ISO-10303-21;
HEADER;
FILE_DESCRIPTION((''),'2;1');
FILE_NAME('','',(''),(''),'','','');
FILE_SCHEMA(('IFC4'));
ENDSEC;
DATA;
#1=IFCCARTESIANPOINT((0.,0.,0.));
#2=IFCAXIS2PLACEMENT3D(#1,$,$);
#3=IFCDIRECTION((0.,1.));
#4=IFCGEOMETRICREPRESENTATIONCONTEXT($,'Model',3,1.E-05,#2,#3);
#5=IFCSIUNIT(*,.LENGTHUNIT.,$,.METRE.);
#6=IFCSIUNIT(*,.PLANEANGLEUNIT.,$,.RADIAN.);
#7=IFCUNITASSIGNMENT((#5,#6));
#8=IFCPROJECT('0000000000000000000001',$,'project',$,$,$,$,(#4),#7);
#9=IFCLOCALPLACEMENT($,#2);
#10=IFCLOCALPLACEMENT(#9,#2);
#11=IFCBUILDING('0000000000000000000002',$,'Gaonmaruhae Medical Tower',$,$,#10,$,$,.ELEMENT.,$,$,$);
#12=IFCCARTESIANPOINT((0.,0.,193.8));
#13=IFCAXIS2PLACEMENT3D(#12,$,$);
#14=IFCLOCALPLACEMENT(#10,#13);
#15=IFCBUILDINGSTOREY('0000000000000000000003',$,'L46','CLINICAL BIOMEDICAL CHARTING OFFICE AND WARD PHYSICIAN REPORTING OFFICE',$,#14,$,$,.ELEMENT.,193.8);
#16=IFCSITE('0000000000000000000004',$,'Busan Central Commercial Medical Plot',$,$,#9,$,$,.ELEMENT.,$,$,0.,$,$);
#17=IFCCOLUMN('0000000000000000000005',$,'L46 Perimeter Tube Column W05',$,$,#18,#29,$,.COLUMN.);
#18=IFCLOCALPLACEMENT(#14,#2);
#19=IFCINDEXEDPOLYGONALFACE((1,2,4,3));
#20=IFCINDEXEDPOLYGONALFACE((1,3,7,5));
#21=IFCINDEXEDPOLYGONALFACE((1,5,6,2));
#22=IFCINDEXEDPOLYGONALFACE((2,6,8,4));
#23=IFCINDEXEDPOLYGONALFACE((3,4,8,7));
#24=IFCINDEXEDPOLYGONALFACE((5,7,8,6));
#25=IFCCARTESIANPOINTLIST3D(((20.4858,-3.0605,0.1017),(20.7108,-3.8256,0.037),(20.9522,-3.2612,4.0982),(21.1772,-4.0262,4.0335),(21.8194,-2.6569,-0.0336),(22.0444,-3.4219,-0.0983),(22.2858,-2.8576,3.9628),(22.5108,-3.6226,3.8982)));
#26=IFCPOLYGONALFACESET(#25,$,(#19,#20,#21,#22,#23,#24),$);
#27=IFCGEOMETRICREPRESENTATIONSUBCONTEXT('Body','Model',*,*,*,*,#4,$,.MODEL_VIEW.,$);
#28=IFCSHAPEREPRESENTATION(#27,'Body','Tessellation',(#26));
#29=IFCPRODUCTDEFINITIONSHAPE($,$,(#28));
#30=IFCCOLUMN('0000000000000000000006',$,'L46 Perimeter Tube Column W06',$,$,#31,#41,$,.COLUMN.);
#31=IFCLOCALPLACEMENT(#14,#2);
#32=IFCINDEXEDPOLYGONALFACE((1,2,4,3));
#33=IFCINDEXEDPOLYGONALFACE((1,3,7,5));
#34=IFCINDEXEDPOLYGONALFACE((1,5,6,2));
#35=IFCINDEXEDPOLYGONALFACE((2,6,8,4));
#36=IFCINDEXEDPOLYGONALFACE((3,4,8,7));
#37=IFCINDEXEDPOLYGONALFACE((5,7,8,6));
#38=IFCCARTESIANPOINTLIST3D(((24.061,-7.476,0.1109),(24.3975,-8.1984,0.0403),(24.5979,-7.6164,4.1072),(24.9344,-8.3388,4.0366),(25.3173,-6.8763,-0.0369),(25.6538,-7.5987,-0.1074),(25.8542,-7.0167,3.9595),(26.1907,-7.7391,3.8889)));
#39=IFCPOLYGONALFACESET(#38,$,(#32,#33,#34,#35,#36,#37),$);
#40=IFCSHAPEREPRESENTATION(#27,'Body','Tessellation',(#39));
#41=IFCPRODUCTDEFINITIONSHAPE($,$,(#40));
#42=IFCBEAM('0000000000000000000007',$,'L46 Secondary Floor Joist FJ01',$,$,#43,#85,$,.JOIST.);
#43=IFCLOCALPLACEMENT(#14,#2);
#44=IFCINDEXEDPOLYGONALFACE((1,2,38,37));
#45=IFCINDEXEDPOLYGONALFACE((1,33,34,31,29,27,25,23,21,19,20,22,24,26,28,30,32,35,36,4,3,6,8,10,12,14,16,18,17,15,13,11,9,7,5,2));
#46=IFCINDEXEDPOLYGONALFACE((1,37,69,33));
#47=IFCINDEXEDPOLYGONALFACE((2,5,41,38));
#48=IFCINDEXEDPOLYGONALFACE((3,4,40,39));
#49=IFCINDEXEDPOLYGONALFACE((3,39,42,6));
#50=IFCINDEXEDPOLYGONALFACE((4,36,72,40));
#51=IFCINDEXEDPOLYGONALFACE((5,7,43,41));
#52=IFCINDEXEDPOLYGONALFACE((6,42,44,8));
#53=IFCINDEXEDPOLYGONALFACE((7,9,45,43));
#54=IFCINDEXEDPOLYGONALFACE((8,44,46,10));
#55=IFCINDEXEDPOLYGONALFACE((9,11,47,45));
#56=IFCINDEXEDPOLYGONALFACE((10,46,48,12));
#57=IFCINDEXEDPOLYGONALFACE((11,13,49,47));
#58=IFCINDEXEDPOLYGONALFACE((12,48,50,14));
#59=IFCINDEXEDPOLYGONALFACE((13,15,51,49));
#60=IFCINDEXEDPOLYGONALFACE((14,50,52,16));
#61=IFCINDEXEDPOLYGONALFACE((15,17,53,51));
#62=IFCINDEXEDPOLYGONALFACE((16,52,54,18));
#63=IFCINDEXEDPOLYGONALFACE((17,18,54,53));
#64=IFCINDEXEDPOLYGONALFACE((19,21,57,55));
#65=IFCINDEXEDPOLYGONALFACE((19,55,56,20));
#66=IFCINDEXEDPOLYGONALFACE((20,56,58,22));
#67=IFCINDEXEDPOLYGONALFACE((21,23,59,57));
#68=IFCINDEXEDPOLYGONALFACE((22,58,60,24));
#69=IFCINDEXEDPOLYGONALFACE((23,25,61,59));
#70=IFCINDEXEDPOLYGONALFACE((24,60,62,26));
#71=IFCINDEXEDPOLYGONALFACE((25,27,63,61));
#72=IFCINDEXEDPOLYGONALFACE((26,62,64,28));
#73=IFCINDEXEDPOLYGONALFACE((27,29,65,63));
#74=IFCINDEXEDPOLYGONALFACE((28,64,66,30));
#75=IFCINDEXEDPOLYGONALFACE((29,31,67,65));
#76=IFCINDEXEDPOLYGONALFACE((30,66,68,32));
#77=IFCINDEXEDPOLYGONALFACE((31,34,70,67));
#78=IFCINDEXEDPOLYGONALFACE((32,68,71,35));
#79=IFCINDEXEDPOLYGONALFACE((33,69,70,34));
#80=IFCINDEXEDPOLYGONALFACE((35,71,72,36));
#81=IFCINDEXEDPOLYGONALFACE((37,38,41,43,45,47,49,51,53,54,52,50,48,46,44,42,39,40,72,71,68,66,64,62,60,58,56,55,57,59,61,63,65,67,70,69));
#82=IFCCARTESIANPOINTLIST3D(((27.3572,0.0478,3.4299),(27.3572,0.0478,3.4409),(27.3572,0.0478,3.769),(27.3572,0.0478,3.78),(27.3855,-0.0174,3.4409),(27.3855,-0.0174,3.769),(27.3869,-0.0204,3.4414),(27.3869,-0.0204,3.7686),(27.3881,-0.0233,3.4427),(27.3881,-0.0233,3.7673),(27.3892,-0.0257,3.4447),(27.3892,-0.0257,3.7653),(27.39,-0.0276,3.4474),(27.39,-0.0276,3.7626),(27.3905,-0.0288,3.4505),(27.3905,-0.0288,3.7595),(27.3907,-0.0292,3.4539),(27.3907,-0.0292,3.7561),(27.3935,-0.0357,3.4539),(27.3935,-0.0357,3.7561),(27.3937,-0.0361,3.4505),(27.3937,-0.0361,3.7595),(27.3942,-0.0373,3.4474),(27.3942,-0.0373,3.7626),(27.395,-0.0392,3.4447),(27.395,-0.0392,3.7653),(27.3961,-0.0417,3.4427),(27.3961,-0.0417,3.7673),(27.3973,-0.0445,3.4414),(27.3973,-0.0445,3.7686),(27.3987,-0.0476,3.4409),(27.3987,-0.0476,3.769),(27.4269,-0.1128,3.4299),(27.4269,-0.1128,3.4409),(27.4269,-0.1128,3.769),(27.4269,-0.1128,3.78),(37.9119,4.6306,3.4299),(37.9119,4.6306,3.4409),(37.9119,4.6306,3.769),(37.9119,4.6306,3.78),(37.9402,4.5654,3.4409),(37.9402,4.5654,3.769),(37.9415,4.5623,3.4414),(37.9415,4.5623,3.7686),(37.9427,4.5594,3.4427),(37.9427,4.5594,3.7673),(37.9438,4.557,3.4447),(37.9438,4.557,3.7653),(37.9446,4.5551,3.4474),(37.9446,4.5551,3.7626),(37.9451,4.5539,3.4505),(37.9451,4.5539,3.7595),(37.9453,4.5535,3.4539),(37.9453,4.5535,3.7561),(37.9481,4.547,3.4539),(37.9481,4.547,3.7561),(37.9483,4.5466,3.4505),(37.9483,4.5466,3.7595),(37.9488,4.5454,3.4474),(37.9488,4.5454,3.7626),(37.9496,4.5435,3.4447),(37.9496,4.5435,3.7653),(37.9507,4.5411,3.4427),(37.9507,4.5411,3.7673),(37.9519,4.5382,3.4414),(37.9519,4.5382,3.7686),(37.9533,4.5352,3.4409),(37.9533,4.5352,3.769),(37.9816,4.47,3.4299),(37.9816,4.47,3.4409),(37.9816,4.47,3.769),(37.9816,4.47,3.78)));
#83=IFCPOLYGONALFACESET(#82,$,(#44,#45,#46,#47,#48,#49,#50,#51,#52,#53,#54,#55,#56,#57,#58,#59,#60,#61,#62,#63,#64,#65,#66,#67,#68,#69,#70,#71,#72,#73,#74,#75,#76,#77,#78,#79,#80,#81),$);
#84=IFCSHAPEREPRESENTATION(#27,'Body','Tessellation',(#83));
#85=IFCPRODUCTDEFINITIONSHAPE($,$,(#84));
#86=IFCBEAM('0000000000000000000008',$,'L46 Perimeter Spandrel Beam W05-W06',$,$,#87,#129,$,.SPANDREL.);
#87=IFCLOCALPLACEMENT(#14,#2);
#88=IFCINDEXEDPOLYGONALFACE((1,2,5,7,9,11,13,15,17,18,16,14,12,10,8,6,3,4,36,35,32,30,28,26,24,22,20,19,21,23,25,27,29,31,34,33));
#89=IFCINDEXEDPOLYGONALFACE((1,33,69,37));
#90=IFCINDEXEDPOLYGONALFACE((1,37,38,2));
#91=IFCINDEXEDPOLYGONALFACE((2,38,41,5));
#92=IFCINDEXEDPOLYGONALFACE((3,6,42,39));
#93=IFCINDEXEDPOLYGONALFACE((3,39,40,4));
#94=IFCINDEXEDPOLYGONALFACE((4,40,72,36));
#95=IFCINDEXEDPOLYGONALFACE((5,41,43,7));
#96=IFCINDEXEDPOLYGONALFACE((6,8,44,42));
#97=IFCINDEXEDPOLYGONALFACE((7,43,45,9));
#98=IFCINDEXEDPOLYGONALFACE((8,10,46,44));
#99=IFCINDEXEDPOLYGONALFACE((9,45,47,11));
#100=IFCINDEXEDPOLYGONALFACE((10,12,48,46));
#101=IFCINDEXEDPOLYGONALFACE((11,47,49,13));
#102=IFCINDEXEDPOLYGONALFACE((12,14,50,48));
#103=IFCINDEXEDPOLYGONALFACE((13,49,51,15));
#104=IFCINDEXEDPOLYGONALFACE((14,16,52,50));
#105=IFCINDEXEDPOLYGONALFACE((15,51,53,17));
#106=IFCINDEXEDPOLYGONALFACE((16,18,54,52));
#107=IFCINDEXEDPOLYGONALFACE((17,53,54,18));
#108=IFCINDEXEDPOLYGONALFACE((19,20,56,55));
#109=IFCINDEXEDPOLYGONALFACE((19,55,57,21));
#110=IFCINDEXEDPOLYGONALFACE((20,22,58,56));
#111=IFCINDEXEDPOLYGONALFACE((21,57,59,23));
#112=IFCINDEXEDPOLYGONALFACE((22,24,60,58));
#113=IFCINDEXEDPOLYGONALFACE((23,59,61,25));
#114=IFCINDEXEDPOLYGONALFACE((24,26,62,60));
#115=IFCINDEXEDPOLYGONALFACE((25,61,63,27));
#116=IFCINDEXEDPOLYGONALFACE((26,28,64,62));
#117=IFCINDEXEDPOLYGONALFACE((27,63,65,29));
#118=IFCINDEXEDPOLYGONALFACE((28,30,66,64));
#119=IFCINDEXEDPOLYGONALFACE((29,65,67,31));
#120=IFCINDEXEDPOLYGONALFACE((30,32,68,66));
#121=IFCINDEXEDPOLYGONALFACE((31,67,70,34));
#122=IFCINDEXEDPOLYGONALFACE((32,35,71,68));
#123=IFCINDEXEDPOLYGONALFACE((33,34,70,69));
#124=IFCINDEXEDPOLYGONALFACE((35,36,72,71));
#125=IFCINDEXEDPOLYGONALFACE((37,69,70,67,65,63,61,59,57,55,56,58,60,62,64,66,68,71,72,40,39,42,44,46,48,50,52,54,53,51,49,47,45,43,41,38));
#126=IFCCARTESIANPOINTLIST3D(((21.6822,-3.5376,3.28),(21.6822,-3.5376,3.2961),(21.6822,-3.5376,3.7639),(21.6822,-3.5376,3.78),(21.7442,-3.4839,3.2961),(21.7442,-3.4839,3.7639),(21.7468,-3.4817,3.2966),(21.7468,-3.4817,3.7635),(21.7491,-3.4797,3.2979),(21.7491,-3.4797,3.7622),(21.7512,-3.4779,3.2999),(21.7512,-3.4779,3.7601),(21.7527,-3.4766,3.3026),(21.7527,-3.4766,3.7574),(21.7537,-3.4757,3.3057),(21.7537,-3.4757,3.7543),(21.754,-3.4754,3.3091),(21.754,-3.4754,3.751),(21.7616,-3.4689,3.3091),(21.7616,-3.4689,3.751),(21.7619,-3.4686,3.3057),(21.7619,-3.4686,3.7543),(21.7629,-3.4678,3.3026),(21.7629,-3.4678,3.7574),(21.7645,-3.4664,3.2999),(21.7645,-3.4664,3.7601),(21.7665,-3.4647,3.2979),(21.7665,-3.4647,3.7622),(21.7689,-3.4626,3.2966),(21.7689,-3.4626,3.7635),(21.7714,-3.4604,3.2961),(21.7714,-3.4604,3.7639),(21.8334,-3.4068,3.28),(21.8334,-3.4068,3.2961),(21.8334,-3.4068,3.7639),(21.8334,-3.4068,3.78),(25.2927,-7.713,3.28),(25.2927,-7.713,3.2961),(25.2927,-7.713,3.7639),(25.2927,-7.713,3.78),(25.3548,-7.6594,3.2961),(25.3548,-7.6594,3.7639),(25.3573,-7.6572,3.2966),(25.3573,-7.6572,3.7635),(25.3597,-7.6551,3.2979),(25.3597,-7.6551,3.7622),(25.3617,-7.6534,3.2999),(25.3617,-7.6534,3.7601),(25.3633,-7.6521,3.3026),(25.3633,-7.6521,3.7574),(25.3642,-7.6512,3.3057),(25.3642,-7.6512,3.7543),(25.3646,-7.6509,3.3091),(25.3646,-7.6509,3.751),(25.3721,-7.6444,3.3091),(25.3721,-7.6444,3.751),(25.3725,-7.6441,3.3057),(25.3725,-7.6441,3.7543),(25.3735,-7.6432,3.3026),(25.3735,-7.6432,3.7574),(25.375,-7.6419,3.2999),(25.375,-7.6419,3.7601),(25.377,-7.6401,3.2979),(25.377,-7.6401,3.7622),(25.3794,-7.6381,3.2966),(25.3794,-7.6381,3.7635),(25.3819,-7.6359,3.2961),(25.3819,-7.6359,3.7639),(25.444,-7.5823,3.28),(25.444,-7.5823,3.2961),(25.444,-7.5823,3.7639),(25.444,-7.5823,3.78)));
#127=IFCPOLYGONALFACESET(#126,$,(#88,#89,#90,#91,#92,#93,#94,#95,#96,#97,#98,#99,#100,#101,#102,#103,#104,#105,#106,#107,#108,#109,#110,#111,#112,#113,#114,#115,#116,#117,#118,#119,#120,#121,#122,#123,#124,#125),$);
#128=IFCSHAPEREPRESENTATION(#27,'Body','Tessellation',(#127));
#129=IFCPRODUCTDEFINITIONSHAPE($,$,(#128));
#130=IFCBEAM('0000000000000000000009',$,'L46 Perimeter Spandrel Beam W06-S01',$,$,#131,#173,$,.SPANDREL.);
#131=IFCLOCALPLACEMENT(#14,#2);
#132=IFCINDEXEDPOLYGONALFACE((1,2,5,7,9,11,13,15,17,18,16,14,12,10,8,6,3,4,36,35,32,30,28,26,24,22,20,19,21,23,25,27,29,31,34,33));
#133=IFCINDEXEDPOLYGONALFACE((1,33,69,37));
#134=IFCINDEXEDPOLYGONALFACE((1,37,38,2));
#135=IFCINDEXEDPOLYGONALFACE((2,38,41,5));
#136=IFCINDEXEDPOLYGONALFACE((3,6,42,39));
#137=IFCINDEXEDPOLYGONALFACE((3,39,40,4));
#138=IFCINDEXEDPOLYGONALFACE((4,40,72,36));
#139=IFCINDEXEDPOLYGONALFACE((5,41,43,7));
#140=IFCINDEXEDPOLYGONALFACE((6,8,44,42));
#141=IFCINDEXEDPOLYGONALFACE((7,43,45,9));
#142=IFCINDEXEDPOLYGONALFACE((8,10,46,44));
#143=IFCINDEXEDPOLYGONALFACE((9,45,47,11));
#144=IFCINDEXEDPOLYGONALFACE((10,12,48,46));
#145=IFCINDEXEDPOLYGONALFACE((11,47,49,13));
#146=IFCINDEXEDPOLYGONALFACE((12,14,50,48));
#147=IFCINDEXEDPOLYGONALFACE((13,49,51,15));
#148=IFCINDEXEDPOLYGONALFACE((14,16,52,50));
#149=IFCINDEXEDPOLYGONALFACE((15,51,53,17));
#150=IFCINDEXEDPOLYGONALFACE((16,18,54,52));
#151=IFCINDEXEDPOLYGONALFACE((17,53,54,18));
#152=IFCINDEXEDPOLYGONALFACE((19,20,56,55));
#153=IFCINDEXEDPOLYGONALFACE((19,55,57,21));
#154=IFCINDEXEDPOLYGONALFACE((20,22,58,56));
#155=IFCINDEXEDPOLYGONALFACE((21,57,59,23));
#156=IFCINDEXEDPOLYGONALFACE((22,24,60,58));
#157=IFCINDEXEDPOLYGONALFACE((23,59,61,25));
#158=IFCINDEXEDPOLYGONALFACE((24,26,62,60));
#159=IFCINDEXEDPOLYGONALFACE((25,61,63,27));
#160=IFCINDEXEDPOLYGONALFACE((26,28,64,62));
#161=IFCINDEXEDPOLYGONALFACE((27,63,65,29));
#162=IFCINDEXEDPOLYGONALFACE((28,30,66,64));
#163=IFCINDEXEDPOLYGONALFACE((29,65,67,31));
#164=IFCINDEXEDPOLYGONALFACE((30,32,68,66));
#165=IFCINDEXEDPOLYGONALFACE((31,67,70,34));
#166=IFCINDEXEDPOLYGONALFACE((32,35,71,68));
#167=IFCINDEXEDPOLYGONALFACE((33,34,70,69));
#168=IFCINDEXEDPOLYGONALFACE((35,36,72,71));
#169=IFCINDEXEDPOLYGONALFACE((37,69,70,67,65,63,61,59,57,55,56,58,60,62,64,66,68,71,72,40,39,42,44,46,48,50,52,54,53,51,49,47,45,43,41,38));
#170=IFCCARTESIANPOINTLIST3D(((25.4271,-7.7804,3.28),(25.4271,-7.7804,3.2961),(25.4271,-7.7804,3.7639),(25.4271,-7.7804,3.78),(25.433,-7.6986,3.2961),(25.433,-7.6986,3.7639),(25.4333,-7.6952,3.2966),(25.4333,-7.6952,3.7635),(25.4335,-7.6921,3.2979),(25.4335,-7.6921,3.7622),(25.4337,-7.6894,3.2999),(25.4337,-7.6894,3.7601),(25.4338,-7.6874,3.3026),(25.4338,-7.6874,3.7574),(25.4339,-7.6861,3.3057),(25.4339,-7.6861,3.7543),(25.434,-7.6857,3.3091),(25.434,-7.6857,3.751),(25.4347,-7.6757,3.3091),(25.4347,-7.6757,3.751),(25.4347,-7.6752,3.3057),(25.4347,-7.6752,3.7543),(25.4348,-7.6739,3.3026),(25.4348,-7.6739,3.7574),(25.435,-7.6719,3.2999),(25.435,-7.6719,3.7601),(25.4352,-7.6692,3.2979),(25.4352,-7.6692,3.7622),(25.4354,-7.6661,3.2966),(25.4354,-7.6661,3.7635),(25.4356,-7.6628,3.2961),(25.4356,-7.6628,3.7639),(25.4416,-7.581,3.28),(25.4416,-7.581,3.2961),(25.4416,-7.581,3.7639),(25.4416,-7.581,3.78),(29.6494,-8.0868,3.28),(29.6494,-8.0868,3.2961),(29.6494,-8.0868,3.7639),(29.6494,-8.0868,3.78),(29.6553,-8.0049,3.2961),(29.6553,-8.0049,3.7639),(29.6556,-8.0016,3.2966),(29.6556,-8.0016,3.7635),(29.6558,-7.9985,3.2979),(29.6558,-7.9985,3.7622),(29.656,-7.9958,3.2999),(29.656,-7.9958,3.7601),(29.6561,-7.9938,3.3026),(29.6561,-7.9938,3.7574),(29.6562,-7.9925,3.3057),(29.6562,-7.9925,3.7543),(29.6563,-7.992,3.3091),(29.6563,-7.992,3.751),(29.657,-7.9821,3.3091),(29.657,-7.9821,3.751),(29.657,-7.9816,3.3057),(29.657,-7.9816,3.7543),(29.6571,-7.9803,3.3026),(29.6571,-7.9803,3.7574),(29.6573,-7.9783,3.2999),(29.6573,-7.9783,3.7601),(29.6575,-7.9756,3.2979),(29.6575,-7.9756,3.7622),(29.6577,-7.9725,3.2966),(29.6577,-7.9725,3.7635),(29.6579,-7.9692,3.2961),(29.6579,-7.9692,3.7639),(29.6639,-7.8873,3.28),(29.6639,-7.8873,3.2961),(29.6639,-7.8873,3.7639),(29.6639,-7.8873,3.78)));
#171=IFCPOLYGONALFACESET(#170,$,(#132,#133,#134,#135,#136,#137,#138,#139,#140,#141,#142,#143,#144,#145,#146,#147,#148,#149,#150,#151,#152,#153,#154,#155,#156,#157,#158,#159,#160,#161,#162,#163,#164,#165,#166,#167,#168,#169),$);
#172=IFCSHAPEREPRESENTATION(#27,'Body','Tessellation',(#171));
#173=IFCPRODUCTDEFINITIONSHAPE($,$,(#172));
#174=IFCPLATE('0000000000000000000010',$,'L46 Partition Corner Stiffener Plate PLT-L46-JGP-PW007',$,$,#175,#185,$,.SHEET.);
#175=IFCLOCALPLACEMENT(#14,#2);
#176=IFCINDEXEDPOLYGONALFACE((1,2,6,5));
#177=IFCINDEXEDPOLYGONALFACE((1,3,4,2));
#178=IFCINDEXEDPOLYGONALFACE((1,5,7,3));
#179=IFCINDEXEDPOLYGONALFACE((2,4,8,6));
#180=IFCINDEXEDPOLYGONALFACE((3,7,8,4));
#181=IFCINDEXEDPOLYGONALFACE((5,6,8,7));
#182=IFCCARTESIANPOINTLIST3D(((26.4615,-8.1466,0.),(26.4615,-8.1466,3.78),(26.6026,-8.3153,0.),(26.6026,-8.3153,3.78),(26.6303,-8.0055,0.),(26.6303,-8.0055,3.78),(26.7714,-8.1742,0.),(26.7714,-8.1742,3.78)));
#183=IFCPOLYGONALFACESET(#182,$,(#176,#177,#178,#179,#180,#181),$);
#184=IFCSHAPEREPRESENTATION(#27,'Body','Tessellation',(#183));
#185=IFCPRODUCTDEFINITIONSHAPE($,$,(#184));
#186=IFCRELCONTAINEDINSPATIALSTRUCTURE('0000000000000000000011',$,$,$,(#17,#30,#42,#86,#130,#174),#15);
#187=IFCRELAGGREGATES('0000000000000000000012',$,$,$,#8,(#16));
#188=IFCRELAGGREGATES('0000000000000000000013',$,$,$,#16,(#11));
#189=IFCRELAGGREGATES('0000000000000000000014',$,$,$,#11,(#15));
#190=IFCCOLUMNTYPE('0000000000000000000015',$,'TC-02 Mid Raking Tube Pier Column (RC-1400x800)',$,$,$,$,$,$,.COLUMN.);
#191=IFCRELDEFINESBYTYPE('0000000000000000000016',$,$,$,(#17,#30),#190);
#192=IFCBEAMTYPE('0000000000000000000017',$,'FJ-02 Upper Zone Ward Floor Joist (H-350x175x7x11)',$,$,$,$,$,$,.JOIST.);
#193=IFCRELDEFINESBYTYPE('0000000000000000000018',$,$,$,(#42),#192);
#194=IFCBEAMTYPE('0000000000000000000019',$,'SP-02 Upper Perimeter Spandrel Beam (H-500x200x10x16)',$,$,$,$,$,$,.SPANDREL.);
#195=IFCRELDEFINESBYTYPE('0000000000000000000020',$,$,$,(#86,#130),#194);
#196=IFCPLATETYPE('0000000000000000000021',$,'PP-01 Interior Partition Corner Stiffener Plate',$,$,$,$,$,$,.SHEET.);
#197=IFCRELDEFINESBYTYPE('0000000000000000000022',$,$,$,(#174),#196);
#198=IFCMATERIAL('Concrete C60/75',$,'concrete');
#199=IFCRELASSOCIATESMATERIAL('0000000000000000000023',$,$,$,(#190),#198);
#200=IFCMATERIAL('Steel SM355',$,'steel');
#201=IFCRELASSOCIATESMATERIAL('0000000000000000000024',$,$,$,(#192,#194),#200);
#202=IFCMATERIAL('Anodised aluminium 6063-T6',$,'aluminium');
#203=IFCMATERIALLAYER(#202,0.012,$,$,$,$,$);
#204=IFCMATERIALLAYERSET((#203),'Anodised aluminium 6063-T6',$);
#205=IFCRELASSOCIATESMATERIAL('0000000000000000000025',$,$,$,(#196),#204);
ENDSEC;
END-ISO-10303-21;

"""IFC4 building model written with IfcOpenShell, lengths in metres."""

from ifc_helpers import new_model, si_unit, direction, frame, origin, origin_2d, place, context, subcontext, project, spatial, rectangle, i_section, extrude, material, layer, layer_set, material_profile, profile_set, type_object, element, save


model = new_model("IFC4")

# Units and contexts
model_context = context("Model", 3, precision=1e-05, world=origin(), true_north=direction((0.0, 1.0)))
body_context = subcontext(model_context, "Body", "Model", "MODEL_VIEW")
ifc_project = project(units=[si_unit("LENGTHUNIT", "METRE"), si_unit("PLANEANGLEUNIT", "RADIAN")], contexts=[model_context])

# Site, building, storey
site_placement = place(None, origin())
site = spatial("IfcSite", under=ifc_project, at=site_placement, Name="Busan Central Commercial Medical Plot", CompositionType="ELEMENT", RefElevation=0.0)
building_placement = place(site_placement, origin())
building = spatial("IfcBuilding", under=site, at=building_placement, Name="Gaonmaruhae Medical Tower", CompositionType="ELEMENT")
storey_placement = place(building_placement, frame((0.0, 0.0, 193.8)))
storey = spatial("IfcBuildingStorey", under=building, at=storey_placement, Name="L46", Description="CLINICAL BIOMEDICAL CHARTING OFFICE AND WARD PHYSICIAN REPORTING OFFICE", CompositionType="ELEMENT", Elevation=193.8)

# Columns
ifc_material_1 = material(Name="Concrete C60/75", Category="concrete")
ifc_material_profile_1 = material_profile(ifc_material_1, rectangle(XDim=1.3999, YDim=0.8, at=origin_2d()), Name="RC-1400x800")
ifc_profile_set_1 = profile_set([ifc_material_profile_1], Name="Concrete C60/75")
column_type = type_object("IfcColumnType", Name="TC-02 Mid Raking Tube Pier Column (RC-1400x800)", PredefinedType="COLUMN", material=ifc_profile_set_1)
column_1_placement = place(storey_placement, frame((21.2651, -3.2412, 0.0017), z_axis=(0.115754, -0.049817, 0.992028), x_axis=(-0.952632, -0.28835, 0.096677)))
element("IfcColumn", 1, at=column_1_placement, inside=storey, type_object=column_type, Name="L46 Perimeter Tube Column W05", PredefinedType="COLUMN", context=body_context, shape_type="SweptSolid", body=[
    extrude(rectangle(XDim=1.3999, YDim=0.8, at=origin_2d()), origin(), (0.0, 0.0, 1.0), 4.0286),
])
column_2_placement = place(storey_placement, frame((24.8574, -7.5374, 0.0017), z_axis=(0.133063, -0.034794, 0.990497), x_axis=(-0.89743, -0.428354, 0.105513)))
element("IfcColumn", 2, at=column_2_placement, inside=storey, type_object=column_type, Name="L46 Perimeter Tube Column W06", PredefinedType="COLUMN", context=body_context, shape_type="SweptSolid", body=[
    extrude(rectangle(XDim=1.3999, YDim=0.8, at=origin_2d()), origin(), (0.0, 0.0, 1.0), 4.0347),
])

# Beams
ifc_material_2 = material(Name="Steel SM355", Category="steel")
ifc_material_profile_2 = material_profile(ifc_material_2, i_section(OverallWidth=0.175, OverallDepth=0.3501, WebThickness=0.0071, FlangeThickness=0.011, FilletRadius=0.0129, at=origin_2d()), Name="H-350x175x7x11")
ifc_profile_set_2 = profile_set([ifc_material_profile_2], Name="Steel SM355")
beam_type_1 = type_object("IfcBeamType", Name="FJ-02 Upper Zone Ward Floor Joist (H-350x175x7x11)", PredefinedType="JOIST", material=ifc_profile_set_2)
beam_1_placement = place(storey_placement, frame((27.3921, -0.0325, 3.605), z_axis=(0.917268, 0.398271, 0.0), x_axis=(-0.398271, 0.917268, 0.0)))
element("IfcBeam", 3, at=beam_1_placement, inside=storey, type_object=beam_type_1, Name="L46 Secondary Floor Joist FJ01", PredefinedType="JOIST", context=body_context, shape_type="SweptSolid", body=[
    extrude(i_section(OverallWidth=0.175, OverallDepth=0.3501, WebThickness=0.0071, FlangeThickness=0.011, FilletRadius=0.0129, at=origin_2d()), origin(), (0.0, 0.0, 1.0), 11.5066),
])
ifc_material_profile_3 = material_profile(ifc_material_2, i_section(OverallWidth=0.2, OverallDepth=0.5, WebThickness=0.01, FlangeThickness=0.0161, FilletRadius=0.0129, at=origin_2d()), Name="H-500x200x10x16")
ifc_profile_set_3 = profile_set([ifc_material_profile_3], Name="Steel SM355")
beam_type_2 = type_object("IfcBeamType", Name="SP-02 Upper Perimeter Spandrel Beam (H-500x200x10x16)", PredefinedType="SPANDREL", material=ifc_profile_set_3)
beam_2_placement = place(storey_placement, frame((21.7578, -3.4722, 3.53), z_axis=(0.654081, -0.756424, 0.0), x_axis=(0.756424, 0.654081, 0.0)))
element("IfcBeam", 4, at=beam_2_placement, inside=storey, type_object=beam_type_2, Name="L46 Perimeter Spandrel Beam W05-W06", PredefinedType="SPANDREL", context=body_context, shape_type="SweptSolid", body=[
    extrude(i_section(OverallWidth=0.2, OverallDepth=0.5, WebThickness=0.01, FlangeThickness=0.0161, FilletRadius=0.0129, at=origin_2d()), origin(), (0.0, 0.0, 1.0), 5.52),
])
beam_3_placement = place(storey_placement, frame((25.4343, -7.6807, 3.53), z_axis=(0.997378, -0.072374, 0.0), x_axis=(0.072374, 0.997378, 0.0)))
element("IfcBeam", 5, at=beam_3_placement, inside=storey, type_object=beam_type_2, Name="L46 Perimeter Spandrel Beam W06-S01", PredefinedType="SPANDREL", context=body_context, shape_type="SweptSolid", body=[
    extrude(i_section(OverallWidth=0.2, OverallDepth=0.5, WebThickness=0.01, FlangeThickness=0.0161, FilletRadius=0.0129, at=origin_2d()), origin(), (0.0, 0.0, 1.0), 4.2334),
])

# Plate
ifc_material_3 = material(Name="Anodised aluminium 6063-T6", Category="aluminium")
ifc_layer_1 = layer(ifc_material_3, 0.012)
ifc_layer_set_1 = layer_set([ifc_layer_1], Name="Anodised aluminium 6063-T6")
plate_type = type_object("IfcPlateType", Name="PP-01 Interior Partition Corner Stiffener Plate", PredefinedType="SHEET", material=ifc_layer_set_1)
for number, where, z_axis, x_axis, name in (
    (6, (26.6165, -8.1604, 0.0), (0.0, 0.0, 1.0), (-0.641476, 0.767143, 0.0), "L46 Partition Corner Stiffener Plate PLT-L46-JGP-PW007"),
):
    element("IfcPlate", number, at=place(storey_placement, frame(where, z_axis=z_axis, x_axis=x_axis)), inside=storey, type_object=plate_type, Name=name, PredefinedType="SHEET", context=body_context, shape_type="SweptSolid", body=[
        extrude(rectangle(XDim=0.22, YDim=0.22, at=origin_2d()), origin(), (0.0, 0.0, 1.0), 3.78),
    ])

save(model, "model.ifc")
